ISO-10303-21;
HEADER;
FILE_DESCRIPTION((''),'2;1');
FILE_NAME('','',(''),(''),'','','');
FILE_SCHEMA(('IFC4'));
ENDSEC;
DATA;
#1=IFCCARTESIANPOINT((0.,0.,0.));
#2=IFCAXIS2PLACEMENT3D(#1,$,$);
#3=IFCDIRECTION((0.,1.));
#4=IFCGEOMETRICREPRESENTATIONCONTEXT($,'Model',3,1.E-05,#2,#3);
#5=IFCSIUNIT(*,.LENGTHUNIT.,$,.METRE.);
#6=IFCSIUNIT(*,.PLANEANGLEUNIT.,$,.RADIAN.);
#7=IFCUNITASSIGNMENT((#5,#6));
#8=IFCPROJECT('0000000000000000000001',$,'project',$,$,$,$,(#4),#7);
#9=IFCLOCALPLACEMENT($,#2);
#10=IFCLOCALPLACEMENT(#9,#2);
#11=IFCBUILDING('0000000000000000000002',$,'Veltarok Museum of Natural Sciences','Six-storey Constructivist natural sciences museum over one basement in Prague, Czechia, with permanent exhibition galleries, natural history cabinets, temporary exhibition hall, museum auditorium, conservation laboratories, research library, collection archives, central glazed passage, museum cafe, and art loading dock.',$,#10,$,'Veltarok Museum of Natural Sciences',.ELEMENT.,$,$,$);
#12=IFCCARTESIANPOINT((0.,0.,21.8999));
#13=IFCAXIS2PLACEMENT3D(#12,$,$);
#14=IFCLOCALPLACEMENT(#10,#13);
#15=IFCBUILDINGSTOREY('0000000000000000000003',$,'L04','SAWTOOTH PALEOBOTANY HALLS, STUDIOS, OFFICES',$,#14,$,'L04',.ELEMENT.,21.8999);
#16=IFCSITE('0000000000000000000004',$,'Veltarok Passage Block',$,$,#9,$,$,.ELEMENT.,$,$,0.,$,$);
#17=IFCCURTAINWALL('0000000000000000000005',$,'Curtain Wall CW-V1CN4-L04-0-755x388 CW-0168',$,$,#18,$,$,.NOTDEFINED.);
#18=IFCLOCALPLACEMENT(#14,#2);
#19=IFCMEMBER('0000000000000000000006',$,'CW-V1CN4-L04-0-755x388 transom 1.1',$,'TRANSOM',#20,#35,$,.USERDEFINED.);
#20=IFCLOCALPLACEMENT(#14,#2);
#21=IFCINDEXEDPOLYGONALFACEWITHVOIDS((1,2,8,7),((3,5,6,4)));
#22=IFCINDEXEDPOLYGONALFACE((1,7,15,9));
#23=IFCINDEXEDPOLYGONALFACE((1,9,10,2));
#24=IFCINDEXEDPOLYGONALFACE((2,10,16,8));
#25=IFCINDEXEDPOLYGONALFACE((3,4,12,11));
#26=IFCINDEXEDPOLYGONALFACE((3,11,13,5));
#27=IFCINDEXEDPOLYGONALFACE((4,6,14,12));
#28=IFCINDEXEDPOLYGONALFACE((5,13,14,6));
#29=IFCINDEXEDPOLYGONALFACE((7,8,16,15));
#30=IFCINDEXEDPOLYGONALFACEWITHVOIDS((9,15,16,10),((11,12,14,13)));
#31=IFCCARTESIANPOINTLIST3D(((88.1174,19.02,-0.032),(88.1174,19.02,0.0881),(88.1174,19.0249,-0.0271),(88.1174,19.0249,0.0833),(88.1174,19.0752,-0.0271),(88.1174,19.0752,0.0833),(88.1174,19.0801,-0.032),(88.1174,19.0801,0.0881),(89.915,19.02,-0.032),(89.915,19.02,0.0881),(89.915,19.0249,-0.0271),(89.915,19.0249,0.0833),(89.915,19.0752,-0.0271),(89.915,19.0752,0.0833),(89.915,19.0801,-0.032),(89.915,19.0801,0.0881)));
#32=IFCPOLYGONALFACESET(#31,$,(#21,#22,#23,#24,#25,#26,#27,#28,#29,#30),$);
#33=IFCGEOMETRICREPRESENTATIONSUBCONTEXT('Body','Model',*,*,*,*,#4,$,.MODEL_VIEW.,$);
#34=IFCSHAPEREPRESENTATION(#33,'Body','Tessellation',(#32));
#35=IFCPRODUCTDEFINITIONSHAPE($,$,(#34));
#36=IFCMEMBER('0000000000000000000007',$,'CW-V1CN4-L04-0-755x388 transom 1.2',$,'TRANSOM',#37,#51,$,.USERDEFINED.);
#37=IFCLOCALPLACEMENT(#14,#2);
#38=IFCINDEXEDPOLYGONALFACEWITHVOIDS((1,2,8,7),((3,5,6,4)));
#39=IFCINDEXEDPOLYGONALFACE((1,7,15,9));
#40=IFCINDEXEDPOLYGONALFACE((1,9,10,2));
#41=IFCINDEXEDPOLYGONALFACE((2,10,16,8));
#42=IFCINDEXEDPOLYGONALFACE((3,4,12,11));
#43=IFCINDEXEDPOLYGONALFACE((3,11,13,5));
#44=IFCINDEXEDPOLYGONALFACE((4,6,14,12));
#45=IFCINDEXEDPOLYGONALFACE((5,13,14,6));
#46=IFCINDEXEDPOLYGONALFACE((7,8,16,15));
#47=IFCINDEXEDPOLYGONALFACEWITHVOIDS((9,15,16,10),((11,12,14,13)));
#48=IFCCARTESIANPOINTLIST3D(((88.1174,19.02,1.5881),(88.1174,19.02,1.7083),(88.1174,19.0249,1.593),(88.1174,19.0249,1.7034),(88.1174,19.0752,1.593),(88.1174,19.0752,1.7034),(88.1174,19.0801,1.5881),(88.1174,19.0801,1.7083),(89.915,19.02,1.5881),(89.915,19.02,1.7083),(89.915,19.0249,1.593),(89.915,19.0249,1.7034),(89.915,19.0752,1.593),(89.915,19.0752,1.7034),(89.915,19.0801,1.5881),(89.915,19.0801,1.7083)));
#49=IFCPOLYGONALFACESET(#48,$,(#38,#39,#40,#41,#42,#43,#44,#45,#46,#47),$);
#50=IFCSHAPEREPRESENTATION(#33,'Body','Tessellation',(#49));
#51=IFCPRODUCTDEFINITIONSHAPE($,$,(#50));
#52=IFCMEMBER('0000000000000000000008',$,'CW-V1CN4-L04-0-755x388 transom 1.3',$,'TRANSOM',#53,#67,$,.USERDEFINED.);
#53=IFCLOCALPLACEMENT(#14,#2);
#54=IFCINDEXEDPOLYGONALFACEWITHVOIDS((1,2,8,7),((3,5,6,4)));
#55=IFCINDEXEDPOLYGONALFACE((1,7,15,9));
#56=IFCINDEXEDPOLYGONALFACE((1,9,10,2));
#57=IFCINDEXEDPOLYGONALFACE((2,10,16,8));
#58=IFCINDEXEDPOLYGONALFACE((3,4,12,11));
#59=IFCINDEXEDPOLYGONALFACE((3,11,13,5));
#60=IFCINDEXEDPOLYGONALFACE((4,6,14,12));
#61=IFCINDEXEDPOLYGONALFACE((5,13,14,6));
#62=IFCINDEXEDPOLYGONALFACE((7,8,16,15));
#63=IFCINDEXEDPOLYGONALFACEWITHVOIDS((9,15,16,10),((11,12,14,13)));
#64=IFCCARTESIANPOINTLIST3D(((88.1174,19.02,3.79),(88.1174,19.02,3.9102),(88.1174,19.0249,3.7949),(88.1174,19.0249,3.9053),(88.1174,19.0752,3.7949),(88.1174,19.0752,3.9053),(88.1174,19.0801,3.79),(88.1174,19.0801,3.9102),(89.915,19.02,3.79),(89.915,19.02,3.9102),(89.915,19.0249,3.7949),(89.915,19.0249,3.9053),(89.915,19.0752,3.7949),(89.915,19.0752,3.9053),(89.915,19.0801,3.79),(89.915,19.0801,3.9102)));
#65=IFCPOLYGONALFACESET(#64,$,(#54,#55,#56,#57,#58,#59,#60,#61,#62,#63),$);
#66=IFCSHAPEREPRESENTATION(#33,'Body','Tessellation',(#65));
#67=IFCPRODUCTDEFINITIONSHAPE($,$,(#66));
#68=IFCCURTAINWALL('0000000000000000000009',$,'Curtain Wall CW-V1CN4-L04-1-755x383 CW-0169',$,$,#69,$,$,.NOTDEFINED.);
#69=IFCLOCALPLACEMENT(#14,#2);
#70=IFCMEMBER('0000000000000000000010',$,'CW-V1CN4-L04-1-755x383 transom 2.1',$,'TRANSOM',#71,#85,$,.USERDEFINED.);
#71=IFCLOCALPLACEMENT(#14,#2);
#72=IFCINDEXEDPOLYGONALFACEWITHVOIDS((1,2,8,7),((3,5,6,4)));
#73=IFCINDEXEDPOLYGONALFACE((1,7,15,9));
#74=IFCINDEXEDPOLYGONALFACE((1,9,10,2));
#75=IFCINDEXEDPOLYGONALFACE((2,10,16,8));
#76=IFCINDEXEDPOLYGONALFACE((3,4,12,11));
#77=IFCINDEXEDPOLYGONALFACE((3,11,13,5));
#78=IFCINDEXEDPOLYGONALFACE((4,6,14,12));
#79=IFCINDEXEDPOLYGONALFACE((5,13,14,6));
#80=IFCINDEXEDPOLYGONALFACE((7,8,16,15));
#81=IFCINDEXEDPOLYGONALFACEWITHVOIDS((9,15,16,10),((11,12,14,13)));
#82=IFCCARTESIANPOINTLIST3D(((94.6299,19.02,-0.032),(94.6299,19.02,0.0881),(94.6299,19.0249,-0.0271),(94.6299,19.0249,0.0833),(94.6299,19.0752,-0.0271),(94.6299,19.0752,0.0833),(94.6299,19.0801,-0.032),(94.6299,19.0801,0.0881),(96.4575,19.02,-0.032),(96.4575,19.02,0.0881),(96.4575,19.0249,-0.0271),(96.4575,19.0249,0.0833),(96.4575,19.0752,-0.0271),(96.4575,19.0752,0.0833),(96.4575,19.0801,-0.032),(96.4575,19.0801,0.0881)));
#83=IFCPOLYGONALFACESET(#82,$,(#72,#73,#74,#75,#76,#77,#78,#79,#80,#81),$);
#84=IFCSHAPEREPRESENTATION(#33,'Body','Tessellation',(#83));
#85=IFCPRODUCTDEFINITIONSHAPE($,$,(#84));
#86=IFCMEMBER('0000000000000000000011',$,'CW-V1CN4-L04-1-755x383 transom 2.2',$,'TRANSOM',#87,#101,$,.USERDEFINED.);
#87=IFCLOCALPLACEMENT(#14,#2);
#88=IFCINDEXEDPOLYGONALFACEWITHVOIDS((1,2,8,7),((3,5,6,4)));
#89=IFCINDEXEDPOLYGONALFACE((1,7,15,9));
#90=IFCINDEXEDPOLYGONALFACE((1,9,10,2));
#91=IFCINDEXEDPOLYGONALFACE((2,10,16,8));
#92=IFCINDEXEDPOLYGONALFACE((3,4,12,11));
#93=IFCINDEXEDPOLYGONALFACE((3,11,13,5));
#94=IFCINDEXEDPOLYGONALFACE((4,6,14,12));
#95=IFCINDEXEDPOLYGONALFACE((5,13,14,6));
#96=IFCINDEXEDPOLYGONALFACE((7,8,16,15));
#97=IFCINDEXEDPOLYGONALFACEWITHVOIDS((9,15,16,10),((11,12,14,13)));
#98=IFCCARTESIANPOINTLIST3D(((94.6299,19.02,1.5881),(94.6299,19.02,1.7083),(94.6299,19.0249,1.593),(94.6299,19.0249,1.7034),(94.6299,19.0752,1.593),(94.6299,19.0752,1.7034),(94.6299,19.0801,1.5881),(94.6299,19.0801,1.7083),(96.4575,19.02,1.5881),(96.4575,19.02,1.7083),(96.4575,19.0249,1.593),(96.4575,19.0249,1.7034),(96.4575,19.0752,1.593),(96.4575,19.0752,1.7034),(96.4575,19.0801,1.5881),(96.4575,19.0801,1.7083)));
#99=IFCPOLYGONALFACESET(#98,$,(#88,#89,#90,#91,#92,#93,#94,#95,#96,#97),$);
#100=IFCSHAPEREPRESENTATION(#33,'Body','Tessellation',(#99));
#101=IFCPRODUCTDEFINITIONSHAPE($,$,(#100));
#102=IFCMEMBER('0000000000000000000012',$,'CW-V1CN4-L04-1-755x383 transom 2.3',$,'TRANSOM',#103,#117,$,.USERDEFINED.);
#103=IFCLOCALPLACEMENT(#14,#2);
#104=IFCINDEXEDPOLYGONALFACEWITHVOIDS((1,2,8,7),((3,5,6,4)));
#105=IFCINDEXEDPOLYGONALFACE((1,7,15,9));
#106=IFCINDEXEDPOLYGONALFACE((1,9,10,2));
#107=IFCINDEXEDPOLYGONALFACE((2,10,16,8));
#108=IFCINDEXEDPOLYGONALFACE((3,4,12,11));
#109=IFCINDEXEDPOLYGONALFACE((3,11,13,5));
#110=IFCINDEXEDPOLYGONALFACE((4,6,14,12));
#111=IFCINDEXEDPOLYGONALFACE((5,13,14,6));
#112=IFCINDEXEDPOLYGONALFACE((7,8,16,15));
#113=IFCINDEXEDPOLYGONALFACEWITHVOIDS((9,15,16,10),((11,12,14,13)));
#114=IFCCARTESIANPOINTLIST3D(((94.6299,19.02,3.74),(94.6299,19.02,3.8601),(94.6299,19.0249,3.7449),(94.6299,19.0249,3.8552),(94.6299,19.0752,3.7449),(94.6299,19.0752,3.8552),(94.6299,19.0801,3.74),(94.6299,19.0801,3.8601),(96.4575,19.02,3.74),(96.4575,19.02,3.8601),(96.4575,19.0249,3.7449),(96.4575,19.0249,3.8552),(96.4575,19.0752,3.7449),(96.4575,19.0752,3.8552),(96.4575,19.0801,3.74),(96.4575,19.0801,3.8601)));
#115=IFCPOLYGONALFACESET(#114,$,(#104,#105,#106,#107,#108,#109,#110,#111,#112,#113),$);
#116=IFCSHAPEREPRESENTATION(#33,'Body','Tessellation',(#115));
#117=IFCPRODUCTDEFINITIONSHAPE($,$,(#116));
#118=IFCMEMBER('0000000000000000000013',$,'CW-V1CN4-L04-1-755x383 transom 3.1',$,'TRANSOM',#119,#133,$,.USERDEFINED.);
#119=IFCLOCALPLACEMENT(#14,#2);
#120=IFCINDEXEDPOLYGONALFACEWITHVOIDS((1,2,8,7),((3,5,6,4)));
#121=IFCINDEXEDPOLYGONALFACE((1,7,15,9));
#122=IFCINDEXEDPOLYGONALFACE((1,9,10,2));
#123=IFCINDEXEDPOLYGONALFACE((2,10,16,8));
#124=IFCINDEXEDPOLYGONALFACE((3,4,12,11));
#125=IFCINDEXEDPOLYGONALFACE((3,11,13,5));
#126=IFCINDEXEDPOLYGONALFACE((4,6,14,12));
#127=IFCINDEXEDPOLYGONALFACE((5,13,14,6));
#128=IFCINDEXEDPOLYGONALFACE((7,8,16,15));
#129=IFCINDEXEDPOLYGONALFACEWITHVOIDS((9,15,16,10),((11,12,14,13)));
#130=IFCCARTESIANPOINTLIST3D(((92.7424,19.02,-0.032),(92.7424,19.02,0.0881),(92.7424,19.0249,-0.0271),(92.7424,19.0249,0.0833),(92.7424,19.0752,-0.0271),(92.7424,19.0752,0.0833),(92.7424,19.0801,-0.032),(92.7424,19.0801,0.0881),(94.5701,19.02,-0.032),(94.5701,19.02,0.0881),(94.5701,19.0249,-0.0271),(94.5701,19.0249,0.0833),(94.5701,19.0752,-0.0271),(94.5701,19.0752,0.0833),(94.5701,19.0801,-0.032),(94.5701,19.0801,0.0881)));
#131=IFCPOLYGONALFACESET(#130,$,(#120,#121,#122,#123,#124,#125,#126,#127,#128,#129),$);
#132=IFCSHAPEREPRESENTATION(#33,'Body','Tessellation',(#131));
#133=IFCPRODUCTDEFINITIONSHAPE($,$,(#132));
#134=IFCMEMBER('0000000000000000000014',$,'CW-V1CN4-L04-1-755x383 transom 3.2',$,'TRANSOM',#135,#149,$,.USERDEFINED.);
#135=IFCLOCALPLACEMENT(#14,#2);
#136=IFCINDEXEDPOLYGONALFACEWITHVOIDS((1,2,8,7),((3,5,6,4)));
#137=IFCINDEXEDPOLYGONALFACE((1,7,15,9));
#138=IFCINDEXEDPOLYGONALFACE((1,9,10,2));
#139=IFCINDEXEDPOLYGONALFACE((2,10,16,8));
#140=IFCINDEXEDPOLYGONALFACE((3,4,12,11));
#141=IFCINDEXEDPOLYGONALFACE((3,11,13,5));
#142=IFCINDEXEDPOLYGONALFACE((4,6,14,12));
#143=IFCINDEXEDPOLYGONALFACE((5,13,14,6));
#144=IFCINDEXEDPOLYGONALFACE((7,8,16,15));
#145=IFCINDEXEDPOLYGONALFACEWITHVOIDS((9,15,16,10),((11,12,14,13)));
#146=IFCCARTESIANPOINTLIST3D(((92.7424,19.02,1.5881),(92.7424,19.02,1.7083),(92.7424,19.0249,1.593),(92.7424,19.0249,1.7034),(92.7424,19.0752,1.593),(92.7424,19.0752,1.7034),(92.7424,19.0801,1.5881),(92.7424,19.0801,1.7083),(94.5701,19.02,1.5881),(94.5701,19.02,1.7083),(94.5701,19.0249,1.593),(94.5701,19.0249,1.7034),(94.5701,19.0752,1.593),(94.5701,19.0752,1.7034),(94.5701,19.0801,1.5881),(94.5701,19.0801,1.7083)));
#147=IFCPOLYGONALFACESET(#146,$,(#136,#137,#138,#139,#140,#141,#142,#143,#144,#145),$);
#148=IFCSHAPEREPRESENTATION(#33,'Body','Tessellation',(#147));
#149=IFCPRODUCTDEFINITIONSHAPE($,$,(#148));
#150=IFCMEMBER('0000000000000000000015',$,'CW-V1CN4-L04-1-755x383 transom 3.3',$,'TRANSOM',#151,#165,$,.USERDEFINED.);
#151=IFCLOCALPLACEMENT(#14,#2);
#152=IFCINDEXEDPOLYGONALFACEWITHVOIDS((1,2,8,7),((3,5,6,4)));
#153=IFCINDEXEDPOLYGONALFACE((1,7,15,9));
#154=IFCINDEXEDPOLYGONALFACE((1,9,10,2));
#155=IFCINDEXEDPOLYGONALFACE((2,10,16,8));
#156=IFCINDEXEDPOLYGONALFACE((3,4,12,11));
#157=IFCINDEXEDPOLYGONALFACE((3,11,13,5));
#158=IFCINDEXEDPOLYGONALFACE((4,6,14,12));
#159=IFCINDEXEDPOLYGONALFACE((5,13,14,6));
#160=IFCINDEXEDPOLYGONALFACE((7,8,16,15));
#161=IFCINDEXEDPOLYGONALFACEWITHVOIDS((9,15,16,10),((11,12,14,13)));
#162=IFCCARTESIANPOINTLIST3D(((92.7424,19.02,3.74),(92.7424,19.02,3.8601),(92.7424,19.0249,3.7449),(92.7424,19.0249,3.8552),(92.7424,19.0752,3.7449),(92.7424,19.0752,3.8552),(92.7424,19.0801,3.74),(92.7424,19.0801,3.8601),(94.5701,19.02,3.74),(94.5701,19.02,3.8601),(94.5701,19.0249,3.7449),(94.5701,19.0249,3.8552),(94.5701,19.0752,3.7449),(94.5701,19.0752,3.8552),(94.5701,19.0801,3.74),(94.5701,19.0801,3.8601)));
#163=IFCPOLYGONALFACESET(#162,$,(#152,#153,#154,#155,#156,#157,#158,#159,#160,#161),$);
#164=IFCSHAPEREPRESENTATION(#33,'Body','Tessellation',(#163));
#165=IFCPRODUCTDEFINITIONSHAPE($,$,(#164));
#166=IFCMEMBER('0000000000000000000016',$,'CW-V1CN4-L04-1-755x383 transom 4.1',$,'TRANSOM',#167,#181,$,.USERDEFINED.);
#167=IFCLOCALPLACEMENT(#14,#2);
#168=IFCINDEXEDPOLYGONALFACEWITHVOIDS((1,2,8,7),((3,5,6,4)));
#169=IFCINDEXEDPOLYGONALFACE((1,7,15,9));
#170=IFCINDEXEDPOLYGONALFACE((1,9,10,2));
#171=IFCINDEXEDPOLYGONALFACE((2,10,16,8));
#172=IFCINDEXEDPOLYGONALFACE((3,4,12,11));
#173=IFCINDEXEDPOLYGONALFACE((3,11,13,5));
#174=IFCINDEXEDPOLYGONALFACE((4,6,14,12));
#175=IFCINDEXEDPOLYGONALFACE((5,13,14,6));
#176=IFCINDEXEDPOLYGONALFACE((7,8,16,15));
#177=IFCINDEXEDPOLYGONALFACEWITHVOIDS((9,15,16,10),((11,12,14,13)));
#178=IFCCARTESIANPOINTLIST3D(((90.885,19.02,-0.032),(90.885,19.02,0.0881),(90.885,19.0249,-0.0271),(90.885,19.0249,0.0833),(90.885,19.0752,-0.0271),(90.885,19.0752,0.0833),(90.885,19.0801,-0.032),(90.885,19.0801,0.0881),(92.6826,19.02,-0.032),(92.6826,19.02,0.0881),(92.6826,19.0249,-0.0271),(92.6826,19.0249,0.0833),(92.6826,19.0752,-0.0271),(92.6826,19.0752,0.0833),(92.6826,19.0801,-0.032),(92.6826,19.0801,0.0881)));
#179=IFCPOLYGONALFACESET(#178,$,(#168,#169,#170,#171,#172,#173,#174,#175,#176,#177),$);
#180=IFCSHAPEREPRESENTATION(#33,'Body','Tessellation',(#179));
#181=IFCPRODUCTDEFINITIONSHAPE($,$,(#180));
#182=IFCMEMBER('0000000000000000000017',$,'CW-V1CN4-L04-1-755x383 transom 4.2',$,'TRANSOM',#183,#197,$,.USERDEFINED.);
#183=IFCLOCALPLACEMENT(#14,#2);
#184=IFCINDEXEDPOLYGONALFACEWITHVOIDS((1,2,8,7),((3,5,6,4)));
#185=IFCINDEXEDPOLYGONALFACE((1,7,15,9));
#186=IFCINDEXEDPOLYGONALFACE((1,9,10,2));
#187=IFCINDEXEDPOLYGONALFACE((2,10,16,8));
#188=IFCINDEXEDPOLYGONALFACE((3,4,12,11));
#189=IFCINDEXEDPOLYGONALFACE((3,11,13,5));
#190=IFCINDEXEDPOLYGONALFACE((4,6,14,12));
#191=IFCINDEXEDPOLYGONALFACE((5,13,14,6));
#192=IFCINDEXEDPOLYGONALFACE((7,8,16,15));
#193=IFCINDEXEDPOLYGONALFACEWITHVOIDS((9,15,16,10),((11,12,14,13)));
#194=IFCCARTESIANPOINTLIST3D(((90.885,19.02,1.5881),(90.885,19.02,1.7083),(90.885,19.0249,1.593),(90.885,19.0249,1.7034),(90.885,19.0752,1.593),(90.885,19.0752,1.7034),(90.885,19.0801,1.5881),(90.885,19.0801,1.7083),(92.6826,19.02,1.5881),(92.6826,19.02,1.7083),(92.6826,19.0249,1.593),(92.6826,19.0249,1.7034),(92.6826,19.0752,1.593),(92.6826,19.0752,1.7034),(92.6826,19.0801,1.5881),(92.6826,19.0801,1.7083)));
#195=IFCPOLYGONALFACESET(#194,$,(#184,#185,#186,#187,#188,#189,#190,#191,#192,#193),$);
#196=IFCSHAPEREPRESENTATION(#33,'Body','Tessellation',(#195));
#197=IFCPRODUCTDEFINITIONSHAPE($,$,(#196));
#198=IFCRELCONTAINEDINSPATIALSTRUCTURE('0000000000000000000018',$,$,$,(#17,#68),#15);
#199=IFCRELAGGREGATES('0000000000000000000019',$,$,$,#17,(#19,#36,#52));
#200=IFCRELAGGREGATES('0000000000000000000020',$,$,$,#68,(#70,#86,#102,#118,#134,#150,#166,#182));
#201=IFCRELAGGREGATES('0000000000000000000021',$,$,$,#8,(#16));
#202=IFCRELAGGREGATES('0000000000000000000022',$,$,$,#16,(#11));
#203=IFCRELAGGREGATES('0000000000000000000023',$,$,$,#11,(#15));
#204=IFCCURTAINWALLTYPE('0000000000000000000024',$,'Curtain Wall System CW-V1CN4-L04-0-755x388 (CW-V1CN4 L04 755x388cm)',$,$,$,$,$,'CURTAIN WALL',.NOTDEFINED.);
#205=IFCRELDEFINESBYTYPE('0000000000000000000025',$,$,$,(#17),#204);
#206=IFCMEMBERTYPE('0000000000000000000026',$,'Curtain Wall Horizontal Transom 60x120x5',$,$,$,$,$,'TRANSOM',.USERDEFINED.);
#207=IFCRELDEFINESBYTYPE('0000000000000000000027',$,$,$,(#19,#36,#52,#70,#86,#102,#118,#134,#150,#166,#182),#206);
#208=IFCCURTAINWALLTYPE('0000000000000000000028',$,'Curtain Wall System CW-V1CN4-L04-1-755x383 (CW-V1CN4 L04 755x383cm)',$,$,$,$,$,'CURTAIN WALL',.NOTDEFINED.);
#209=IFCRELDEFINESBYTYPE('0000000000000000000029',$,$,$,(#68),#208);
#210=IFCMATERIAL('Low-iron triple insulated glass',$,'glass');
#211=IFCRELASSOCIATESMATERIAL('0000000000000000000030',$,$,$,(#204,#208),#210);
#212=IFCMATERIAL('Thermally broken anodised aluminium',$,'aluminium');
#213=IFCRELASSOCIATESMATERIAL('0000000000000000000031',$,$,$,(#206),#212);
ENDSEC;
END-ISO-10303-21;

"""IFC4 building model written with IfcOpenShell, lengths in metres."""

from ifc_helpers import new_model, si_unit, direction, frame, origin, origin_2d, place, context, subcontext, project, spatial, hollow_rectangle, extrude, material, material_profile, profile_set, type_object, element, aggregate, save


model = new_model("IFC4")

# Units and contexts
model_context = context("Model", 3, precision=1e-05, world=origin(), true_north=direction((0.0, 1.0)))
body_context = subcontext(model_context, "Body", "Model", "MODEL_VIEW")
ifc_project = project(units=[si_unit("LENGTHUNIT", "METRE"), si_unit("PLANEANGLEUNIT", "RADIAN")], contexts=[model_context])

# Site, building, storey
site_placement = place(None, origin())
site = spatial("IfcSite", under=ifc_project, at=site_placement, Name="Veltarok Passage Block", CompositionType="ELEMENT", RefElevation=0.0)
building_placement = place(site_placement, origin())
building = spatial("IfcBuilding", under=site, at=building_placement, Name="Veltarok Museum of Natural Sciences", Description="Six-storey Constructivist natural sciences museum over one basement in Prague, Czechia, with permanent exhibition galleries, natural history cabinets, temporary exhibition hall, museum auditorium, conservation laboratories, research library, collection archives, central glazed passage, museum cafe, and art loading dock.", LongName="Veltarok Museum of Natural Sciences", CompositionType="ELEMENT")
storey_placement = place(building_placement, frame((0.0, 0.0, 21.8999)))
storey = spatial("IfcBuildingStorey", under=building, at=storey_placement, Name="L04", Description="SAWTOOTH PALEOBOTANY HALLS, STUDIOS, OFFICES", LongName="L04", CompositionType="ELEMENT", Elevation=21.8999)

# Curtain walls, members
ifc_material_1 = material(Name="Low-iron triple insulated glass", Category="glass")
curtain_wall_type_1 = type_object("IfcCurtainWallType", Name="Curtain Wall System CW-V1CN4-L04-0-755x388 (CW-V1CN4 L04 755x388cm)", ElementType="CURTAIN WALL", PredefinedType="NOTDEFINED", material=ifc_material_1)
curtain_wall_1_placement = place(storey_placement, origin())
curtain_wall_1 = element("IfcCurtainWall", 1, at=curtain_wall_1_placement, inside=storey, type_object=curtain_wall_type_1, Name="Curtain Wall CW-V1CN4-L04-0-755x388 CW-0168", PredefinedType="NOTDEFINED")
ifc_material_2 = material(Name="Thermally broken anodised aluminium", Category="aluminium")
ifc_material_profile_1 = material_profile(ifc_material_2, hollow_rectangle(XDim=0.0601, YDim=0.1201, WallThickness=0.0049, at=origin_2d()), Name="CW TRANSOM 60x120x5")
ifc_profile_set_1 = profile_set([ifc_material_profile_1], Name="Thermally broken anodised aluminium")
member_type_1 = type_object("IfcMemberType", Name="Curtain Wall Horizontal Transom 60x120x5", ElementType="TRANSOM", PredefinedType="USERDEFINED", material=ifc_profile_set_1)
member_1_placement = place(storey_placement, frame((89.915, 19.05, 0.0281), z_axis=(-1.0, 0.0, 0.0), x_axis=(0.0, -1.0, 0.0)))
member_1 = element("IfcMember", 2, at=member_1_placement, type_object=member_type_1, Name="CW-V1CN4-L04-0-755x388 transom 1.1", ObjectType="TRANSOM", PredefinedType="USERDEFINED", context=body_context, shape_type="SweptSolid", body=[
    extrude(hollow_rectangle(XDim=0.0601, YDim=0.1201, WallThickness=0.0049, at=origin_2d()), origin(), (0.0, 0.0, 1.0), 1.7976),
])
member_2_placement = place(storey_placement, frame((89.915, 19.05, 1.6482), z_axis=(-1.0, 0.0, 0.0), x_axis=(0.0, -1.0, 0.0)))
member_2 = element("IfcMember", 3, at=member_2_placement, type_object=member_type_1, Name="CW-V1CN4-L04-0-755x388 transom 1.2", ObjectType="TRANSOM", PredefinedType="USERDEFINED", context=body_context, shape_type="SweptSolid", body=[
    extrude(hollow_rectangle(XDim=0.0601, YDim=0.1201, WallThickness=0.0049, at=origin_2d()), origin(), (0.0, 0.0, 1.0), 1.7976),
])
member_3_placement = place(storey_placement, frame((89.915, 19.05, 3.8501), z_axis=(-1.0, 0.0, 0.0), x_axis=(0.0, -1.0, 0.0)))
member_3 = element("IfcMember", 4, at=member_3_placement, type_object=member_type_1, Name="CW-V1CN4-L04-0-755x388 transom 1.3", ObjectType="TRANSOM", PredefinedType="USERDEFINED", context=body_context, shape_type="SweptSolid", body=[
    extrude(hollow_rectangle(XDim=0.0601, YDim=0.1201, WallThickness=0.0049, at=origin_2d()), origin(), (0.0, 0.0, 1.0), 1.7976),
])
curtain_wall_type_2 = type_object("IfcCurtainWallType", Name="Curtain Wall System CW-V1CN4-L04-1-755x383 (CW-V1CN4 L04 755x383cm)", ElementType="CURTAIN WALL", PredefinedType="NOTDEFINED", material=ifc_material_1)
curtain_wall_2_placement = place(storey_placement, origin())
curtain_wall_2 = element("IfcCurtainWall", 5, at=curtain_wall_2_placement, inside=storey, type_object=curtain_wall_type_2, Name="Curtain Wall CW-V1CN4-L04-1-755x383 CW-0169", PredefinedType="NOTDEFINED")
member_4_placement = place(storey_placement, frame((96.4575, 19.05, 0.0281), z_axis=(-1.0, 0.0, 0.0), x_axis=(0.0, -1.0, 0.0)))
member_4 = element("IfcMember", 6, at=member_4_placement, type_object=member_type_1, Name="CW-V1CN4-L04-1-755x383 transom 2.1", ObjectType="TRANSOM", PredefinedType="USERDEFINED", context=body_context, shape_type="SweptSolid", body=[
    extrude(hollow_rectangle(XDim=0.0601, YDim=0.1201, WallThickness=0.0049, at=origin_2d()), origin(), (0.0, 0.0, 1.0), 1.8276),
])
member_5_placement = place(storey_placement, frame((96.4575, 19.05, 1.6482), z_axis=(-1.0, 0.0, 0.0), x_axis=(0.0, -1.0, 0.0)))
member_5 = element("IfcMember", 7, at=member_5_placement, type_object=member_type_1, Name="CW-V1CN4-L04-1-755x383 transom 2.2", ObjectType="TRANSOM", PredefinedType="USERDEFINED", context=body_context, shape_type="SweptSolid", body=[
    extrude(hollow_rectangle(XDim=0.0601, YDim=0.1201, WallThickness=0.0049, at=origin_2d()), origin(), (0.0, 0.0, 1.0), 1.8276),
])
member_6_placement = place(storey_placement, frame((96.4575, 19.05, 3.8), z_axis=(-1.0, 0.0, 0.0), x_axis=(0.0, -1.0, 0.0)))
member_6 = element("IfcMember", 8, at=member_6_placement, type_object=member_type_1, Name="CW-V1CN4-L04-1-755x383 transom 2.3", ObjectType="TRANSOM", PredefinedType="USERDEFINED", context=body_context, shape_type="SweptSolid", body=[
    extrude(hollow_rectangle(XDim=0.0601, YDim=0.1201, WallThickness=0.0049, at=origin_2d()), origin(), (0.0, 0.0, 1.0), 1.8276),
])
member_7_placement = place(storey_placement, frame((94.5701, 19.05, 0.0281), z_axis=(-1.0, 0.0, 0.0), x_axis=(0.0, -1.0, 0.0)))
member_7 = element("IfcMember", 9, at=member_7_placement, type_object=member_type_1, Name="CW-V1CN4-L04-1-755x383 transom 3.1", ObjectType="TRANSOM", PredefinedType="USERDEFINED", context=body_context, shape_type="SweptSolid", body=[
    extrude(hollow_rectangle(XDim=0.0601, YDim=0.1201, WallThickness=0.0049, at=origin_2d()), origin(), (0.0, 0.0, 1.0), 1.8276),
])
member_8_placement = place(storey_placement, frame((94.5701, 19.05, 1.6482), z_axis=(-1.0, 0.0, 0.0), x_axis=(0.0, -1.0, 0.0)))
member_8 = element("IfcMember", 10, at=member_8_placement, type_object=member_type_1, Name="CW-V1CN4-L04-1-755x383 transom 3.2", ObjectType="TRANSOM", PredefinedType="USERDEFINED", context=body_context, shape_type="SweptSolid", body=[
    extrude(hollow_rectangle(XDim=0.0601, YDim=0.1201, WallThickness=0.0049, at=origin_2d()), origin(), (0.0, 0.0, 1.0), 1.8276),
])
member_9_placement = place(storey_placement, frame((94.5701, 19.05, 3.8), z_axis=(-1.0, 0.0, 0.0), x_axis=(0.0, -1.0, 0.0)))
member_9 = element("IfcMember", 11, at=member_9_placement, type_object=member_type_1, Name="CW-V1CN4-L04-1-755x383 transom 3.3", ObjectType="TRANSOM", PredefinedType="USERDEFINED", context=body_context, shape_type="SweptSolid", body=[
    extrude(hollow_rectangle(XDim=0.0601, YDim=0.1201, WallThickness=0.0049, at=origin_2d()), origin(), (0.0, 0.0, 1.0), 1.8276),
])
member_10_placement = place(storey_placement, frame((92.6826, 19.05, 0.0281), z_axis=(-1.0, 0.0, 0.0), x_axis=(0.0, -1.0, 0.0)))
member_10 = element("IfcMember", 12, at=member_10_placement, type_object=member_type_1, Name="CW-V1CN4-L04-1-755x383 transom 4.1", ObjectType="TRANSOM", PredefinedType="USERDEFINED", context=body_context, shape_type="SweptSolid", body=[
    extrude(hollow_rectangle(XDim=0.0601, YDim=0.1201, WallThickness=0.0049, at=origin_2d()), origin(), (0.0, 0.0, 1.0), 1.7976),
])
member_11_placement = place(storey_placement, frame((92.6826, 19.05, 1.6482), z_axis=(-1.0, 0.0, 0.0), x_axis=(0.0, -1.0, 0.0)))
member_11 = element("IfcMember", 13, at=member_11_placement, type_object=member_type_1, Name="CW-V1CN4-L04-1-755x383 transom 4.2", ObjectType="TRANSOM", PredefinedType="USERDEFINED", context=body_context, shape_type="SweptSolid", body=[
    extrude(hollow_rectangle(XDim=0.0601, YDim=0.1201, WallThickness=0.0049, at=origin_2d()), origin(), (0.0, 0.0, 1.0), 1.7976),
])

aggregate(curtain_wall_1, [member_1, member_2, member_3])
aggregate(curtain_wall_2, [member_4, member_5, member_6, member_7, member_8, member_9, member_10, member_11])

save(model, "model.ifc")
